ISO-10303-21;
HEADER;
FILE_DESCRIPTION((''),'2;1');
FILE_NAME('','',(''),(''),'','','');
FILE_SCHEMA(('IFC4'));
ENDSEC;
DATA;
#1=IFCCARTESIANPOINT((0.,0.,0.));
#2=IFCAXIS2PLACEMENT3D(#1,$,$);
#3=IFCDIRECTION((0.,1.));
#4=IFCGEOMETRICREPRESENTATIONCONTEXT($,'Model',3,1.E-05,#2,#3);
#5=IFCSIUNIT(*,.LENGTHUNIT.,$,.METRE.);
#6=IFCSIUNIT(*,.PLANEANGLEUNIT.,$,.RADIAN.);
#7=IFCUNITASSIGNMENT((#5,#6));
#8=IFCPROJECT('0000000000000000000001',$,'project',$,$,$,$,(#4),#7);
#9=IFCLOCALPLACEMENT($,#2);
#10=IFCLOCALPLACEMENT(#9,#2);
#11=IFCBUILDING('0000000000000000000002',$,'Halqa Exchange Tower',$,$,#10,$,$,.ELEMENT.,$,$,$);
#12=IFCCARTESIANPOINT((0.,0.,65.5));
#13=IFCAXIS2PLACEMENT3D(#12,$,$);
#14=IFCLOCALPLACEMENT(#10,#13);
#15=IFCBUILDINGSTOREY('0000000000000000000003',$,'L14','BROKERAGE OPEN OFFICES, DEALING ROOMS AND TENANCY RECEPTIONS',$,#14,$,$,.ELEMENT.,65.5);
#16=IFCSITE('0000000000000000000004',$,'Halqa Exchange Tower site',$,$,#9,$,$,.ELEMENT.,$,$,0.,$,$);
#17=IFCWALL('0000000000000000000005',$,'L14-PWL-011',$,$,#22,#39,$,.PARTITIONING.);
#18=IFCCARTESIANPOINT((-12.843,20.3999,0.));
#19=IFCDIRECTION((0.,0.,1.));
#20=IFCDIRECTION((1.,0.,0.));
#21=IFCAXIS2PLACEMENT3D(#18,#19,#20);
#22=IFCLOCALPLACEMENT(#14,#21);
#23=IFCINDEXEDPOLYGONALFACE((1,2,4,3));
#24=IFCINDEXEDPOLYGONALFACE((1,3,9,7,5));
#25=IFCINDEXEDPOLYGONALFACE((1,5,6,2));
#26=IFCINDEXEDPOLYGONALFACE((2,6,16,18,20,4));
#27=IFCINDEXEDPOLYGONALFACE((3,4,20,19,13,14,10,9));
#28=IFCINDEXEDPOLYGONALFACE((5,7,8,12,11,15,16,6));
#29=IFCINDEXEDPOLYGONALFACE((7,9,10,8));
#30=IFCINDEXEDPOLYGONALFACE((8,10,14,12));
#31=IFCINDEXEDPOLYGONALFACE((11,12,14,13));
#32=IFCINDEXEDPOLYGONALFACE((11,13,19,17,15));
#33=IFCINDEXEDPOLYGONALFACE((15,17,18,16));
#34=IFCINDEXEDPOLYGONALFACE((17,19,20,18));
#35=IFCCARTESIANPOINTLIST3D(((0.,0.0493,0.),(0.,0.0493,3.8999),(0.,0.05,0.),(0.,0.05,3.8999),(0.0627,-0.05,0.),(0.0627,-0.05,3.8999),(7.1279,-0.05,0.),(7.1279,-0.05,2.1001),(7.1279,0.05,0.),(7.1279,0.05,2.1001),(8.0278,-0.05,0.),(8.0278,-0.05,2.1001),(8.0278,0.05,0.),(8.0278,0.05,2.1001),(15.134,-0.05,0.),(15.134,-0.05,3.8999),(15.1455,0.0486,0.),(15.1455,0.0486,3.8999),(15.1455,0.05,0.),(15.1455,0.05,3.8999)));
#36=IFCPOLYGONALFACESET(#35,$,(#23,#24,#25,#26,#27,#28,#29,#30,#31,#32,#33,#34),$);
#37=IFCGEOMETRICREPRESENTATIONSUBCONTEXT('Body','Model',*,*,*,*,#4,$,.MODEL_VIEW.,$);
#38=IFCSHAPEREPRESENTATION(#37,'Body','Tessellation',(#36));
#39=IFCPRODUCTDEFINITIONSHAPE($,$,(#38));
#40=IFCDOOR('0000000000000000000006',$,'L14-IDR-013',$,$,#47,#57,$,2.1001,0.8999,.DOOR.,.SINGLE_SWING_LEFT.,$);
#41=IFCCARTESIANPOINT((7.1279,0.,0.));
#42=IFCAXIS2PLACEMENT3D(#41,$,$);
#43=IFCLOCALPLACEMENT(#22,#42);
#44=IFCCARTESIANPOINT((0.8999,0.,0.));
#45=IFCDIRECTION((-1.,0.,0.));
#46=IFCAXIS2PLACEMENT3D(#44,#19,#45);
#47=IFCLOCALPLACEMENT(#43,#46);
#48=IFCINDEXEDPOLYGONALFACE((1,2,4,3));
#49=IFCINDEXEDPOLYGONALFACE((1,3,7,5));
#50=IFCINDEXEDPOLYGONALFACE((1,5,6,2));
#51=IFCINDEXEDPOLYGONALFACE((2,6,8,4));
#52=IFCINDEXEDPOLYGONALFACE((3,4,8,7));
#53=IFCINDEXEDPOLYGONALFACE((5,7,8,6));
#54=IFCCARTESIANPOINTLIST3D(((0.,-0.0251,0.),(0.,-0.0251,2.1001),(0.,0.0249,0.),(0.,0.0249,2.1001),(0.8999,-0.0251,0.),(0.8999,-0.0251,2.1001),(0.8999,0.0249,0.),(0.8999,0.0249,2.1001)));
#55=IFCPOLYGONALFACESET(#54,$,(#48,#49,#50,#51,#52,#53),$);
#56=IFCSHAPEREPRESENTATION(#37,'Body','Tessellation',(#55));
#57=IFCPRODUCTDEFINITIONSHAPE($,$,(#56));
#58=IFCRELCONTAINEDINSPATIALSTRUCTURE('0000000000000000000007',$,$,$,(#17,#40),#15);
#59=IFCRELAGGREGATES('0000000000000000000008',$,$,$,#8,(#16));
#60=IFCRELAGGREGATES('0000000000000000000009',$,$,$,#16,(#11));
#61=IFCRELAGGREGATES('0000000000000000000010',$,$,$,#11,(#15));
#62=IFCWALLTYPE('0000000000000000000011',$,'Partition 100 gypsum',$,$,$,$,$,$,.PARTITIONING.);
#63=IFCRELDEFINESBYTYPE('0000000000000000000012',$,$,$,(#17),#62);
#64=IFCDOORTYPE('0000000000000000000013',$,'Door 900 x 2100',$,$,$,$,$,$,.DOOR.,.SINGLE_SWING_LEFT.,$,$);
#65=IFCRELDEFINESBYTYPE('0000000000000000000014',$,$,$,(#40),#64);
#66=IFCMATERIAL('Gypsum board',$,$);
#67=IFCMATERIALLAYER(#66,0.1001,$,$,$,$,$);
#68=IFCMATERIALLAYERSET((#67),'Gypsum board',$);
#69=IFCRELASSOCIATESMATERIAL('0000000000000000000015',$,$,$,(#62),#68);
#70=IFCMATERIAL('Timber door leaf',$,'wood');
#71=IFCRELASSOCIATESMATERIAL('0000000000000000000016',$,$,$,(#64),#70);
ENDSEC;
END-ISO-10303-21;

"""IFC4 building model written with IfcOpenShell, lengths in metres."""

from ifc_helpers import new_model, si_unit, direction, frame, frame_2d, origin, place, context, subcontext, project, spatial, polyline, rectangle, outline, extrude, material, layer, layer_set, type_object, element, fill, save


model = new_model("IFC4")

# Units and contexts
model_context = context("Model", 3, precision=1e-05, world=origin(), true_north=direction((0.0, 1.0)))
body_context = subcontext(model_context, "Body", "Model", "MODEL_VIEW")
ifc_project = project(units=[si_unit("LENGTHUNIT", "METRE"), si_unit("PLANEANGLEUNIT", "RADIAN")], contexts=[model_context])

# Site, building, storey
site_placement = place(None, origin())
site = spatial("IfcSite", under=ifc_project, at=site_placement, Name="Halqa Exchange Tower site", CompositionType="ELEMENT", RefElevation=0.0)
building_placement = place(site_placement, origin())
building = spatial("IfcBuilding", under=site, at=building_placement, Name="Halqa Exchange Tower", CompositionType="ELEMENT")
storey_placement = place(building_placement, frame((0.0, 0.0, 65.5)))
storey = spatial("IfcBuildingStorey", under=building, at=storey_placement, Name="L14", Description="BROKERAGE OPEN OFFICES, DEALING ROOMS AND TENANCY RECEPTIONS", CompositionType="ELEMENT", Elevation=65.5)

# Wall, opening, door
ifc_material_1 = material(Name="Gypsum board")
ifc_layer_1 = layer(ifc_material_1, 0.1001)
ifc_layer_set_1 = layer_set([ifc_layer_1], Name="Gypsum board")
wall_type_1 = type_object("IfcWallType", Name="Partition 100 gypsum", PredefinedType="PARTITIONING", material=ifc_layer_set_1)
wall_1_placement = place(storey_placement, frame((-12.843, 20.3999, 0.0), z_axis=(0.0, 0.0, 1.0), x_axis=(1.0, 0.0, 0.0)))
wall_1 = element("IfcWall", 1, at=wall_1_placement, inside=storey, type_object=wall_type_1, Name="L14-PWL-011", PredefinedType="PARTITIONING", context=body_context, shape_type="SweptSolid", body=[
    extrude(outline(polyline([(0.0627, -0.05), (1.9465, -0.05), (3.8306, -0.05), (5.7144, -0.05), (7.5984, -0.05), (9.4822, -0.05), (11.3662, -0.05), (13.25, -0.05), (15.134, -0.05), (15.1455, 0.0486), (15.1455, 0.05), (13.2524, 0.05), (11.3591, 0.05), (9.4658, 0.05), (7.5728, 0.05), (5.6797, 0.05), (3.7864, 0.05), (1.8931, 0.05), (0.0, 0.05), (0.0, 0.0493), (0.0627, -0.05)])), origin(), (0.0, 0.0, 1.0), 3.8999),
])
opening_1_placement = place(wall_1_placement, frame((7.1279, 0.0, 0.0)))
opening_1 = element("IfcOpeningElement", 2, at=opening_1_placement, cuts=wall_1, PredefinedType="OPENING", context=body_context, shape_type="SweptSolid", body=[
    extrude(rectangle(XDim=0.8999, YDim=2.1001, at=frame_2d((0.45, 1.05))), frame((0.0, 0.062, 0.0), z_axis=(0.0, -1.0, 0.0), x_axis=(1.0, 0.0, 0.0)), (0.0, 0.0, 1.0), 0.124),
])
ifc_material_2 = material(Name="Timber door leaf", Category="wood")
door_type_1 = type_object("IfcDoorType", Name="Door 900 x 2100", OperationType="SINGLE_SWING_LEFT", PredefinedType="DOOR", material=ifc_material_2)
door_1_placement = place(opening_1_placement, frame((0.8999, 0.0, 0.0), z_axis=(0.0, 0.0, 1.0), x_axis=(-1.0, 0.0, 0.0)))
door_1 = element("IfcDoor", 3, at=door_1_placement, inside=storey, type_object=door_type_1, Name="L14-IDR-013", OperationType="SINGLE_SWING_LEFT", OverallHeight=2.1001, OverallWidth=0.8999, PredefinedType="DOOR", context=body_context, shape_type="SweptSolid", body=[
    extrude(rectangle(XDim=0.8999, YDim=2.1001, at=frame_2d((0.45, 1.05))), frame((0.0, 0.0249, 0.0), z_axis=(0.0, -1.0, 0.0), x_axis=(1.0, 0.0, 0.0)), (0.0, 0.0, 1.0), 0.05),
])
fill(opening_1, door_1)

save(model, "model.ifc")
